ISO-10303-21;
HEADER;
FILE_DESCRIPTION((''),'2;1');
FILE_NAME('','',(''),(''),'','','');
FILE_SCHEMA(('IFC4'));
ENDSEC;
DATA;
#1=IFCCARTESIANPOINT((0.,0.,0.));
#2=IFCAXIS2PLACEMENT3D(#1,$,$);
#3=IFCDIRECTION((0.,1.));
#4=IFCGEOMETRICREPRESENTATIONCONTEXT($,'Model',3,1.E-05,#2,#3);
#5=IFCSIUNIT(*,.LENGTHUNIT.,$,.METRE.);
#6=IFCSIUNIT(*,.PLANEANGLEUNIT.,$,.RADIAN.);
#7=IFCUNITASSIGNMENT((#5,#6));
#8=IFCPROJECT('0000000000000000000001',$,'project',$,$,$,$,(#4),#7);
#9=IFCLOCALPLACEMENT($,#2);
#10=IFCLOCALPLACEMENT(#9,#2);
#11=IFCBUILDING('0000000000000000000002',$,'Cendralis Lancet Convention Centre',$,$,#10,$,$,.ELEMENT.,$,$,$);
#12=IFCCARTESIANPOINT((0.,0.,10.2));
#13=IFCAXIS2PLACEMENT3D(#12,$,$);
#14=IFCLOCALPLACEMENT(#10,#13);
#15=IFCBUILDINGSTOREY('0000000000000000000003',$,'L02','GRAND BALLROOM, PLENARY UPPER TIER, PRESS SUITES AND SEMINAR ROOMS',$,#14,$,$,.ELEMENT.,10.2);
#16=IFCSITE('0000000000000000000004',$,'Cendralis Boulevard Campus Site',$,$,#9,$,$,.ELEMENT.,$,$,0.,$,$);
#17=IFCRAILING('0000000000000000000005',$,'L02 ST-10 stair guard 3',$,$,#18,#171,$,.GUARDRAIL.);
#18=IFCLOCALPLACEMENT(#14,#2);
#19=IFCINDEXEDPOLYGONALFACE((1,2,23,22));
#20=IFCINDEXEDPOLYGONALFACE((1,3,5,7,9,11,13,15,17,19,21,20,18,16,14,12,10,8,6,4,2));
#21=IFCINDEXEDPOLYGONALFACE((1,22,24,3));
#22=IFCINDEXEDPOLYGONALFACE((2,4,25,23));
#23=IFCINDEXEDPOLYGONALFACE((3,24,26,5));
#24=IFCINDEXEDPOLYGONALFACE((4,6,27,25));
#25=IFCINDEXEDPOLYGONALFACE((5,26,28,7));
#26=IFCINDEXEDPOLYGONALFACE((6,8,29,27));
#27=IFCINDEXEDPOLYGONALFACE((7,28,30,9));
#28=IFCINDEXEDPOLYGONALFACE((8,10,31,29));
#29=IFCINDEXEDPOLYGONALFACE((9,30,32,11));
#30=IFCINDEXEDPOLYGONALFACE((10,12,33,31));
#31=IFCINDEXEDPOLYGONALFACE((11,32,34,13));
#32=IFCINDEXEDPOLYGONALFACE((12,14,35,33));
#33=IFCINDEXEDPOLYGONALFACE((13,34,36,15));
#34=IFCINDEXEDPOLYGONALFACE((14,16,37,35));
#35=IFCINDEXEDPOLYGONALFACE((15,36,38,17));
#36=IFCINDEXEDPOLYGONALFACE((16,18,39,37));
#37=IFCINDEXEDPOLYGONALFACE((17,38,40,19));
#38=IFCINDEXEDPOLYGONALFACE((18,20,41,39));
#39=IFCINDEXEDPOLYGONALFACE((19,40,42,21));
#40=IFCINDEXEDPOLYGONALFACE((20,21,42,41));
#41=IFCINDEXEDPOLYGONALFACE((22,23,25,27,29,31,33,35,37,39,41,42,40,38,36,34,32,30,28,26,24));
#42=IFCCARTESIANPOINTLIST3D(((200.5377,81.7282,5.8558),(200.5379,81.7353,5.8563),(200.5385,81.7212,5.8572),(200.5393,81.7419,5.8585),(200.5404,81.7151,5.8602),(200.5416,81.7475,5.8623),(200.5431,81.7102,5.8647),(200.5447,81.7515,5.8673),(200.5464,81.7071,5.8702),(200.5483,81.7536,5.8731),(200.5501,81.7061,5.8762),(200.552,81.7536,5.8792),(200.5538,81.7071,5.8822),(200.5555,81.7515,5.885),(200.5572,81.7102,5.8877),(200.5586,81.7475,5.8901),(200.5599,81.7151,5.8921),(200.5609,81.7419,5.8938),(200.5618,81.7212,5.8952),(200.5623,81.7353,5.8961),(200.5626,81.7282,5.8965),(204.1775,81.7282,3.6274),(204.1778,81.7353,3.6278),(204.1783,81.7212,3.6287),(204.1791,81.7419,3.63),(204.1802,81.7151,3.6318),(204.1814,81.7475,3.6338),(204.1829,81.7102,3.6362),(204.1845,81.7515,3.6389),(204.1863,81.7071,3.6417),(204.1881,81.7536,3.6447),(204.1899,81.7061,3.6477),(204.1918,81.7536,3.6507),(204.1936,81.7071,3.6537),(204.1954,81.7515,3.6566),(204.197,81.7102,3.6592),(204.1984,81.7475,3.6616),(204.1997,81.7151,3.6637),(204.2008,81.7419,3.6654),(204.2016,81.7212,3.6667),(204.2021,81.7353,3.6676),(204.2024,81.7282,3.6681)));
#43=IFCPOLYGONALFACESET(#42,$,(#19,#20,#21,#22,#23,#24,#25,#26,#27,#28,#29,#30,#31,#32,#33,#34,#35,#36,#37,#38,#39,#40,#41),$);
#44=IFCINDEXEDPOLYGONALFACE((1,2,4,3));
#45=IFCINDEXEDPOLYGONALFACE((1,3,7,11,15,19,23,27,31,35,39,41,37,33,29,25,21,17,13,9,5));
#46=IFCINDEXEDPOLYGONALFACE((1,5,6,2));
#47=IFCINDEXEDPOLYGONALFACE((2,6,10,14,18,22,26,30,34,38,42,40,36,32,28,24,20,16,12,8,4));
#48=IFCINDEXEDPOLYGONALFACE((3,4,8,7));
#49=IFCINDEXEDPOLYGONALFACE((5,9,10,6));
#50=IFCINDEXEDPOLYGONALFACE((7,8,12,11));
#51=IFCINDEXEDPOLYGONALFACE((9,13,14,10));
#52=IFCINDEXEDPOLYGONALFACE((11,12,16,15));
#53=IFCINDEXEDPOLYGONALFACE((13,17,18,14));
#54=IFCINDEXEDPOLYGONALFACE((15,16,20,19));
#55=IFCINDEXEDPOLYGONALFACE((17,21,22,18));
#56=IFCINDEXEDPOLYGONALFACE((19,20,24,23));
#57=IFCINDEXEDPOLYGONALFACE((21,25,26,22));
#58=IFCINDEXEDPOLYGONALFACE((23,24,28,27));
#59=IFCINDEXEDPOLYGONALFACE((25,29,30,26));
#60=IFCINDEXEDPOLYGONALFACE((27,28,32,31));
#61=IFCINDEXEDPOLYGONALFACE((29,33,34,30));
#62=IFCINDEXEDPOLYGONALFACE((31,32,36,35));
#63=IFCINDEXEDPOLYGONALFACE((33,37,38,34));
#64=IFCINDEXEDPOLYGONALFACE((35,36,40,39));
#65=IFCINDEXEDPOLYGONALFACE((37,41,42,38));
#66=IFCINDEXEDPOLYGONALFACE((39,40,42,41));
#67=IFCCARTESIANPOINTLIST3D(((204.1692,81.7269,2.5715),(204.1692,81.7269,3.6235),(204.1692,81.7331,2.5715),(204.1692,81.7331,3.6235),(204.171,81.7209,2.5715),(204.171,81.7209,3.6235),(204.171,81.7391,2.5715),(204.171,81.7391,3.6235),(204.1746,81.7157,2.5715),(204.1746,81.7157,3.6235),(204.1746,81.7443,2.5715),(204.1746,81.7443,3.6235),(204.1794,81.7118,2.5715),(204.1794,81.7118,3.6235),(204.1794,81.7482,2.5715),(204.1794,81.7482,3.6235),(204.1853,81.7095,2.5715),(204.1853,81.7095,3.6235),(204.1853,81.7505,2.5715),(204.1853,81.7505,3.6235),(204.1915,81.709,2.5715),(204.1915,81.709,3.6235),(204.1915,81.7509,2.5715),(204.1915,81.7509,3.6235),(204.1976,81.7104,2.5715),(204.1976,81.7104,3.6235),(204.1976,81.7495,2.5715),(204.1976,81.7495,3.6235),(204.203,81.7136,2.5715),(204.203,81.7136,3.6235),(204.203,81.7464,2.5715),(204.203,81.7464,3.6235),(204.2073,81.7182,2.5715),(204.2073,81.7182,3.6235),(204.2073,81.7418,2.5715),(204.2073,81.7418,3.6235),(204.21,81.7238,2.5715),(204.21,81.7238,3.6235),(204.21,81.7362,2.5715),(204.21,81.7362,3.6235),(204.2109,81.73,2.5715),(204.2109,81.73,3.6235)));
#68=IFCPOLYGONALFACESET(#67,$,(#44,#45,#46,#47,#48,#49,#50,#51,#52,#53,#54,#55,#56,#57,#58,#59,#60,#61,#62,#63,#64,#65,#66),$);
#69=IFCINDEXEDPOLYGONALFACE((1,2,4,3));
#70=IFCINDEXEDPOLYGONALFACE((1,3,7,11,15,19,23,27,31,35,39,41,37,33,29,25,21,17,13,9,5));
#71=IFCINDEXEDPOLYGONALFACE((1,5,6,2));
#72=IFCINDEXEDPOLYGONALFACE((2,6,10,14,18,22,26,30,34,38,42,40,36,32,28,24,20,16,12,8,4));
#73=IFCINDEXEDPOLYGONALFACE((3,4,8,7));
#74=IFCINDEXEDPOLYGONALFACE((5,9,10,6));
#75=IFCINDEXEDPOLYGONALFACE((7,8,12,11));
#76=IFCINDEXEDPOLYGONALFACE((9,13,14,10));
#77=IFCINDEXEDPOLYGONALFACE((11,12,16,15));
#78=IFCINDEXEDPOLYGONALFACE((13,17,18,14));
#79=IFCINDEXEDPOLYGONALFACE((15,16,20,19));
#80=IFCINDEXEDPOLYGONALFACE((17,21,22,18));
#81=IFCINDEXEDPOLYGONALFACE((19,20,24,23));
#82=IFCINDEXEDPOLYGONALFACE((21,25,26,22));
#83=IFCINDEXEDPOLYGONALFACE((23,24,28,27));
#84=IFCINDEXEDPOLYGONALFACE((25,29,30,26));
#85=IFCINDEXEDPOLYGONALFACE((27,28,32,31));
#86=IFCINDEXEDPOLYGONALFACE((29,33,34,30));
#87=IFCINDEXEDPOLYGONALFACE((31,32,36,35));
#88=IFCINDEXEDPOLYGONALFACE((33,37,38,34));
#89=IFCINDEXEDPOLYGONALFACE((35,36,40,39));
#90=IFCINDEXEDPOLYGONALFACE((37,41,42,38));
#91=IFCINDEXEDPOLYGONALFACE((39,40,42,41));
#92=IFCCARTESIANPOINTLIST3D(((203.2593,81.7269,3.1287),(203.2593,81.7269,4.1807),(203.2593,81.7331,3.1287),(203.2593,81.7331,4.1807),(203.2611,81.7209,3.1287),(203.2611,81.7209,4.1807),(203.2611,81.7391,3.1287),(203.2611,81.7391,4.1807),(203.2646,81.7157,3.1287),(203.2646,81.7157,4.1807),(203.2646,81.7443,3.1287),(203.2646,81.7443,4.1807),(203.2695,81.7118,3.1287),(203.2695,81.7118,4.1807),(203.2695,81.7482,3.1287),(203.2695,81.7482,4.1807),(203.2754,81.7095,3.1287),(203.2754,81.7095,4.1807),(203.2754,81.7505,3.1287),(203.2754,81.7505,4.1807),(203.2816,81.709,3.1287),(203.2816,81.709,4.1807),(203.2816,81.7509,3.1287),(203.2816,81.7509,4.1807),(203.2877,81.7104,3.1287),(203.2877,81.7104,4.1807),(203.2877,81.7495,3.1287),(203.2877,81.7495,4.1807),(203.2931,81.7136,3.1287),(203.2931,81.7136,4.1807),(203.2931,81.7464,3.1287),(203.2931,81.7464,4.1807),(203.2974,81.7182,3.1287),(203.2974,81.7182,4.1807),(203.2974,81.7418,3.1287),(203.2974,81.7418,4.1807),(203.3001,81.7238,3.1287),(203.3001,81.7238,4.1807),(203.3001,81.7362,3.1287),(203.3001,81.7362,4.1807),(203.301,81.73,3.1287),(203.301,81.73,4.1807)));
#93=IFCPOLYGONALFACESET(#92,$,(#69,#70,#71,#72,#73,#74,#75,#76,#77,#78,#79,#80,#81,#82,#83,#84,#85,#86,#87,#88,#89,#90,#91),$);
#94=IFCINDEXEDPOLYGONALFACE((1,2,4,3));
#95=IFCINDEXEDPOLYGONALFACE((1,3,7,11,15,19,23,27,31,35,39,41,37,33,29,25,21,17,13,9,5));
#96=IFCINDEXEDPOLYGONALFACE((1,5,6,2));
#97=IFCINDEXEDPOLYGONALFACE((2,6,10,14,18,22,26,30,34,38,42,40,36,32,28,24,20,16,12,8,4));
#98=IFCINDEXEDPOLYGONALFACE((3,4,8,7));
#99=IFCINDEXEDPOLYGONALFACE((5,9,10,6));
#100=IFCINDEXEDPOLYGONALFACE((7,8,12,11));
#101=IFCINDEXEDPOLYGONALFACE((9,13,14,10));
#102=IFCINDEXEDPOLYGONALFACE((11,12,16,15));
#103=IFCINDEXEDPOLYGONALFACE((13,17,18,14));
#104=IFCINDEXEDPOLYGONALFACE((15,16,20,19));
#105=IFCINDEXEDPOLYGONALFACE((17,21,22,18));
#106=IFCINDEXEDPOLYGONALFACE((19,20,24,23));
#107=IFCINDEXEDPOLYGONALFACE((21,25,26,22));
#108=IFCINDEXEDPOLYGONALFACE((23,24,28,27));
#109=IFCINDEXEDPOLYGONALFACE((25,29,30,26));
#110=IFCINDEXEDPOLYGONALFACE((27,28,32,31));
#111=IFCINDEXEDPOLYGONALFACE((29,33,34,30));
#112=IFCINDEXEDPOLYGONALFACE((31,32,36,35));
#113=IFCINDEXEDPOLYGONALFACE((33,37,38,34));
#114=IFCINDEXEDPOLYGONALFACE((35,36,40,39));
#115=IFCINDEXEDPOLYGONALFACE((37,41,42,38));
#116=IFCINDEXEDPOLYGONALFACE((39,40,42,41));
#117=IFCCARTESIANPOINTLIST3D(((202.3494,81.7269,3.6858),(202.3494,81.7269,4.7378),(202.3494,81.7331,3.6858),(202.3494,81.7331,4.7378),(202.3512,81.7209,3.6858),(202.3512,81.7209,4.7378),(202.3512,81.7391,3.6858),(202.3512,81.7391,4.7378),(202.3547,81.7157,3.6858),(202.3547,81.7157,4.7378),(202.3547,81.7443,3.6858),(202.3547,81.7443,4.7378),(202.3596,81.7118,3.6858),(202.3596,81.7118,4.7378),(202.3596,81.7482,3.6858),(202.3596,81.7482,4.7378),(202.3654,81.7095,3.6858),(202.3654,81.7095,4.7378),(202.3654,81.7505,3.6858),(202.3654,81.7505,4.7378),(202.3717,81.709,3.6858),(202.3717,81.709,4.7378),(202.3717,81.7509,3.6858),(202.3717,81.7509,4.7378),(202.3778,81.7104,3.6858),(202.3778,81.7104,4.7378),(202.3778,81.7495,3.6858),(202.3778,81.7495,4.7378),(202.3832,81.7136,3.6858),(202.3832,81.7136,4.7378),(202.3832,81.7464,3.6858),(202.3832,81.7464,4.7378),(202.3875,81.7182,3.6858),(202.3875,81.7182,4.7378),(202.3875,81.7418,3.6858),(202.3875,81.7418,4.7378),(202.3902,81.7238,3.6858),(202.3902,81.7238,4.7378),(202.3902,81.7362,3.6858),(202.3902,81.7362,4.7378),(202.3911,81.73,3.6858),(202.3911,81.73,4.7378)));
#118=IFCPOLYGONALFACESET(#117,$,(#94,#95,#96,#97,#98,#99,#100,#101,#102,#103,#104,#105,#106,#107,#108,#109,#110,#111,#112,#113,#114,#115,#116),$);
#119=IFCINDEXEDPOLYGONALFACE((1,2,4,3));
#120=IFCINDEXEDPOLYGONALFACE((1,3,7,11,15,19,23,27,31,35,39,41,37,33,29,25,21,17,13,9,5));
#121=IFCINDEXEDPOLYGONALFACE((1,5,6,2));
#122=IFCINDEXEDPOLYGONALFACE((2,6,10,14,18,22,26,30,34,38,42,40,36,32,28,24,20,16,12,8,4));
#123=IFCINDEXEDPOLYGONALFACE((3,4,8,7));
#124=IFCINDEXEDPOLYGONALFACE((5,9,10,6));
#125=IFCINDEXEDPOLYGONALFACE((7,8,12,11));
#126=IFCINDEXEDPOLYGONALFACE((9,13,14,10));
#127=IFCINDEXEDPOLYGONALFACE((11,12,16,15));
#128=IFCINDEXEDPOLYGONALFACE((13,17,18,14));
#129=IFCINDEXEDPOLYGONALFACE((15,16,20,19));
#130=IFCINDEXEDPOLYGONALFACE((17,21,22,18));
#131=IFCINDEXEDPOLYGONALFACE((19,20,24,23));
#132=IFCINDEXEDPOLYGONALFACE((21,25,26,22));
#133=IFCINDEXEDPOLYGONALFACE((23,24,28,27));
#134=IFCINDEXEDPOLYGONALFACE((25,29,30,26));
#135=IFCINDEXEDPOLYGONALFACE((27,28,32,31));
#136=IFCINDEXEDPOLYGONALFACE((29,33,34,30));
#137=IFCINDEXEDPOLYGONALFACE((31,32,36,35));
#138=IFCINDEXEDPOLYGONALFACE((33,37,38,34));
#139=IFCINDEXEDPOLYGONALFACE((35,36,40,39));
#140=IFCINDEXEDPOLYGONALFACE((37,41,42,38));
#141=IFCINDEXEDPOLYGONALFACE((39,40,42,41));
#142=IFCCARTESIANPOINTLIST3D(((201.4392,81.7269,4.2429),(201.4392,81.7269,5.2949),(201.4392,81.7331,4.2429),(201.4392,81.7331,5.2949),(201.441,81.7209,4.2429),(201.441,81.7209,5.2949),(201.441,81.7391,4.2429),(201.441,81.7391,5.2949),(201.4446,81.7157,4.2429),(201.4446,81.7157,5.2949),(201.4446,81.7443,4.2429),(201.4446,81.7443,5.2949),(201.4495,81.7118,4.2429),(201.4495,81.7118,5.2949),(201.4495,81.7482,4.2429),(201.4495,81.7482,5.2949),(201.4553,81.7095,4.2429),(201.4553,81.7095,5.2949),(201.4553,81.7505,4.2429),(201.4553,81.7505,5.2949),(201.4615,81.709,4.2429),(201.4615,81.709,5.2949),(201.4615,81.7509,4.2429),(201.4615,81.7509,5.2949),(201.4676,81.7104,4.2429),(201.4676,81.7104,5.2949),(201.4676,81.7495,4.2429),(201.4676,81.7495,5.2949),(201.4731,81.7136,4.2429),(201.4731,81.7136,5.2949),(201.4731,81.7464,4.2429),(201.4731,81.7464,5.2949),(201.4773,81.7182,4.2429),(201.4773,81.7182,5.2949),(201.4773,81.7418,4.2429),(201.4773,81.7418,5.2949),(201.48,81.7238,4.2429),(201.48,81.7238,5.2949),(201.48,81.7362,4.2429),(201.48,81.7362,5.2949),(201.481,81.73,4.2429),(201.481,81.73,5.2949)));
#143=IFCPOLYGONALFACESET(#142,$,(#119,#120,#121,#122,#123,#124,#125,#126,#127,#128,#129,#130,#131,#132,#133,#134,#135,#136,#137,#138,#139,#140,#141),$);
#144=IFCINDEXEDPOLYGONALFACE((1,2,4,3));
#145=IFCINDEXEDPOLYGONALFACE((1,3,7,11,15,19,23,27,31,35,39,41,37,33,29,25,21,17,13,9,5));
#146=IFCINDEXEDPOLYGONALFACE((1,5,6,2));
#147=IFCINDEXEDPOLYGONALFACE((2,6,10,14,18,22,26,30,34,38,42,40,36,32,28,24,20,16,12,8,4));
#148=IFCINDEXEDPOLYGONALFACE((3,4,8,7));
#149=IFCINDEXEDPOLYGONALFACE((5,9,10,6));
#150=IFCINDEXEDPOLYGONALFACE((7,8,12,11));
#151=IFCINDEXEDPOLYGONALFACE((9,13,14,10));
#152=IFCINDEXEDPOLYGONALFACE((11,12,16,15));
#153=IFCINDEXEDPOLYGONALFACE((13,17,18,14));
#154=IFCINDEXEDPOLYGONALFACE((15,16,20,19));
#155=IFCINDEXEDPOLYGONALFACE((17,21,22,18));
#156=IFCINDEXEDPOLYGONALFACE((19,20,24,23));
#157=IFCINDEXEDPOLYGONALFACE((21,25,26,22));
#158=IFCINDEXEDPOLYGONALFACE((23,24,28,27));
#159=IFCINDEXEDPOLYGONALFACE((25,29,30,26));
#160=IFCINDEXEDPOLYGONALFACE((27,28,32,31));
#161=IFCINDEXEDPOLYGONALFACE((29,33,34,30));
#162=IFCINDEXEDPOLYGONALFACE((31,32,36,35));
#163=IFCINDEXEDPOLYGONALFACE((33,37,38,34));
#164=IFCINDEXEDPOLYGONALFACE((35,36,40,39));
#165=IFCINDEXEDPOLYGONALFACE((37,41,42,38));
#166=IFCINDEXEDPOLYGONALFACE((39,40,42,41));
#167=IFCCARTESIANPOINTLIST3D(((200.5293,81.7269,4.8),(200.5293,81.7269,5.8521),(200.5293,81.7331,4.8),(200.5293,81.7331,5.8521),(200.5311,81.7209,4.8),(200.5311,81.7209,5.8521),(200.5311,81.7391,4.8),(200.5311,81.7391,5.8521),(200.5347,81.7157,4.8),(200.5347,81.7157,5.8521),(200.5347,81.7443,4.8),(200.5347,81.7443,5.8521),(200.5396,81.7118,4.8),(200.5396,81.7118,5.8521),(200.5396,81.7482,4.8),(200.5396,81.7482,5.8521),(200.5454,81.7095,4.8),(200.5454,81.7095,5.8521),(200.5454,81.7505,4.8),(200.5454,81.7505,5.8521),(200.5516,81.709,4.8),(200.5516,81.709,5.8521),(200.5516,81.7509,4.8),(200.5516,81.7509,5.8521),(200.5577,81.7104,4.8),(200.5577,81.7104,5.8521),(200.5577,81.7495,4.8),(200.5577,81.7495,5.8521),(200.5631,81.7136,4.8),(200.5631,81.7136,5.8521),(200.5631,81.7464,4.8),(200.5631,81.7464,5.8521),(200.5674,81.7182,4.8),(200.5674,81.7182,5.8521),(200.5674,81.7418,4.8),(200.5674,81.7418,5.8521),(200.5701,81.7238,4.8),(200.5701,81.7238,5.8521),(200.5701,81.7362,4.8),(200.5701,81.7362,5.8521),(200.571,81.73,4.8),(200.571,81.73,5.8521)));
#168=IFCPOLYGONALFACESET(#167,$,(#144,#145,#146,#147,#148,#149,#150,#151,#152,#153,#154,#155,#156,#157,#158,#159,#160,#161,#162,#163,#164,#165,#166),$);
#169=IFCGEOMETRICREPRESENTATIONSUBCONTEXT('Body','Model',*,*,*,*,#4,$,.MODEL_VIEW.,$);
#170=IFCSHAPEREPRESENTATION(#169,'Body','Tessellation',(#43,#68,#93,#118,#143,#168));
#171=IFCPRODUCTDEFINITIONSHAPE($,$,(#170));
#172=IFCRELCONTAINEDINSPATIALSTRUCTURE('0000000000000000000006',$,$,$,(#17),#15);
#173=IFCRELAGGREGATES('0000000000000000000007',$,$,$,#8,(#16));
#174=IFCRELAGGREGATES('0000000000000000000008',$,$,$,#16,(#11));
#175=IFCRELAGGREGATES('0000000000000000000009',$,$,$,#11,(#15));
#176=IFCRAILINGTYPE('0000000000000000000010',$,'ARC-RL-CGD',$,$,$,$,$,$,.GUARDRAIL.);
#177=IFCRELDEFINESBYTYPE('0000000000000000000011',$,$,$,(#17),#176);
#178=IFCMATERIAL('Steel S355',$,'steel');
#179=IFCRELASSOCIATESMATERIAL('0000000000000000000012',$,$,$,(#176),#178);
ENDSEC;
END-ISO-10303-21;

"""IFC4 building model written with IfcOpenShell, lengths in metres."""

from ifc_helpers import new_model, si_unit, direction, frame, origin, origin_2d, place, context, subcontext, project, spatial, circle, extrude, material, type_object, element, save


model = new_model("IFC4")

# Units and contexts
model_context = context("Model", 3, precision=1e-05, world=origin(), true_north=direction((0.0, 1.0)))
body_context = subcontext(model_context, "Body", "Model", "MODEL_VIEW")
ifc_project = project(units=[si_unit("LENGTHUNIT", "METRE"), si_unit("PLANEANGLEUNIT", "RADIAN")], contexts=[model_context])

# Site, building, storey
site_placement = place(None, origin())
site = spatial("IfcSite", under=ifc_project, at=site_placement, Name="Cendralis Boulevard Campus Site", CompositionType="ELEMENT", RefElevation=0.0)
building_placement = place(site_placement, origin())
building = spatial("IfcBuilding", under=site, at=building_placement, Name="Cendralis Lancet Convention Centre", CompositionType="ELEMENT")
storey_placement = place(building_placement, frame((0.0, 0.0, 10.2)))
storey = spatial("IfcBuildingStorey", under=building, at=storey_placement, Name="L02", Description="GRAND BALLROOM, PLENARY UPPER TIER, PRESS SUITES AND SEMINAR ROOMS", CompositionType="ELEMENT", Elevation=10.2)

# Shared definitions
ifc_material_1 = material(Name="Steel S355", Category="steel")

# Railing
railing_type_1 = type_object("IfcRailingType", Name="ARC-RL-CGD", PredefinedType="GUARDRAIL", material=ifc_material_1)
railing_1_placement = place(storey_placement, frame((204.1899, 81.73, 2.5715)))
element("IfcRailing", 1, at=railing_1_placement, inside=storey, type_object=railing_type_1, Name="L02 ST-10 stair guard 3", PredefinedType="GUARDRAIL", context=body_context, shape_type="SweptSolid", body=[
    extrude(circle(Radius=0.0239, at=origin_2d()), frame((0.0, 0.0, 1.0762), z_axis=(-0.85285, 0.0, 0.522156), x_axis=(0.0, -1.0, 0.0)), (0.0, 0.0, 1.0), 4.2678),
    extrude(circle(Radius=0.021, at=origin_2d()), origin(), (0.0, 0.0, 1.0), 1.052),
    extrude(circle(Radius=0.021, at=origin_2d()), frame((-0.9099, 0.0, 0.5571)), (0.0, 0.0, 1.0), 1.052),
    extrude(circle(Radius=0.021, at=origin_2d()), frame((-1.8198, 0.0, 1.1143)), (0.0, 0.0, 1.0), 1.052),
    extrude(circle(Radius=0.021, at=origin_2d()), frame((-2.73, 0.0, 1.6714)), (0.0, 0.0, 1.0), 1.052),
    extrude(circle(Radius=0.021, at=origin_2d()), frame((-3.6399, 0.0, 2.2285)), (0.0, 0.0, 1.0), 1.052),
])

save(model, "model.ifc")
